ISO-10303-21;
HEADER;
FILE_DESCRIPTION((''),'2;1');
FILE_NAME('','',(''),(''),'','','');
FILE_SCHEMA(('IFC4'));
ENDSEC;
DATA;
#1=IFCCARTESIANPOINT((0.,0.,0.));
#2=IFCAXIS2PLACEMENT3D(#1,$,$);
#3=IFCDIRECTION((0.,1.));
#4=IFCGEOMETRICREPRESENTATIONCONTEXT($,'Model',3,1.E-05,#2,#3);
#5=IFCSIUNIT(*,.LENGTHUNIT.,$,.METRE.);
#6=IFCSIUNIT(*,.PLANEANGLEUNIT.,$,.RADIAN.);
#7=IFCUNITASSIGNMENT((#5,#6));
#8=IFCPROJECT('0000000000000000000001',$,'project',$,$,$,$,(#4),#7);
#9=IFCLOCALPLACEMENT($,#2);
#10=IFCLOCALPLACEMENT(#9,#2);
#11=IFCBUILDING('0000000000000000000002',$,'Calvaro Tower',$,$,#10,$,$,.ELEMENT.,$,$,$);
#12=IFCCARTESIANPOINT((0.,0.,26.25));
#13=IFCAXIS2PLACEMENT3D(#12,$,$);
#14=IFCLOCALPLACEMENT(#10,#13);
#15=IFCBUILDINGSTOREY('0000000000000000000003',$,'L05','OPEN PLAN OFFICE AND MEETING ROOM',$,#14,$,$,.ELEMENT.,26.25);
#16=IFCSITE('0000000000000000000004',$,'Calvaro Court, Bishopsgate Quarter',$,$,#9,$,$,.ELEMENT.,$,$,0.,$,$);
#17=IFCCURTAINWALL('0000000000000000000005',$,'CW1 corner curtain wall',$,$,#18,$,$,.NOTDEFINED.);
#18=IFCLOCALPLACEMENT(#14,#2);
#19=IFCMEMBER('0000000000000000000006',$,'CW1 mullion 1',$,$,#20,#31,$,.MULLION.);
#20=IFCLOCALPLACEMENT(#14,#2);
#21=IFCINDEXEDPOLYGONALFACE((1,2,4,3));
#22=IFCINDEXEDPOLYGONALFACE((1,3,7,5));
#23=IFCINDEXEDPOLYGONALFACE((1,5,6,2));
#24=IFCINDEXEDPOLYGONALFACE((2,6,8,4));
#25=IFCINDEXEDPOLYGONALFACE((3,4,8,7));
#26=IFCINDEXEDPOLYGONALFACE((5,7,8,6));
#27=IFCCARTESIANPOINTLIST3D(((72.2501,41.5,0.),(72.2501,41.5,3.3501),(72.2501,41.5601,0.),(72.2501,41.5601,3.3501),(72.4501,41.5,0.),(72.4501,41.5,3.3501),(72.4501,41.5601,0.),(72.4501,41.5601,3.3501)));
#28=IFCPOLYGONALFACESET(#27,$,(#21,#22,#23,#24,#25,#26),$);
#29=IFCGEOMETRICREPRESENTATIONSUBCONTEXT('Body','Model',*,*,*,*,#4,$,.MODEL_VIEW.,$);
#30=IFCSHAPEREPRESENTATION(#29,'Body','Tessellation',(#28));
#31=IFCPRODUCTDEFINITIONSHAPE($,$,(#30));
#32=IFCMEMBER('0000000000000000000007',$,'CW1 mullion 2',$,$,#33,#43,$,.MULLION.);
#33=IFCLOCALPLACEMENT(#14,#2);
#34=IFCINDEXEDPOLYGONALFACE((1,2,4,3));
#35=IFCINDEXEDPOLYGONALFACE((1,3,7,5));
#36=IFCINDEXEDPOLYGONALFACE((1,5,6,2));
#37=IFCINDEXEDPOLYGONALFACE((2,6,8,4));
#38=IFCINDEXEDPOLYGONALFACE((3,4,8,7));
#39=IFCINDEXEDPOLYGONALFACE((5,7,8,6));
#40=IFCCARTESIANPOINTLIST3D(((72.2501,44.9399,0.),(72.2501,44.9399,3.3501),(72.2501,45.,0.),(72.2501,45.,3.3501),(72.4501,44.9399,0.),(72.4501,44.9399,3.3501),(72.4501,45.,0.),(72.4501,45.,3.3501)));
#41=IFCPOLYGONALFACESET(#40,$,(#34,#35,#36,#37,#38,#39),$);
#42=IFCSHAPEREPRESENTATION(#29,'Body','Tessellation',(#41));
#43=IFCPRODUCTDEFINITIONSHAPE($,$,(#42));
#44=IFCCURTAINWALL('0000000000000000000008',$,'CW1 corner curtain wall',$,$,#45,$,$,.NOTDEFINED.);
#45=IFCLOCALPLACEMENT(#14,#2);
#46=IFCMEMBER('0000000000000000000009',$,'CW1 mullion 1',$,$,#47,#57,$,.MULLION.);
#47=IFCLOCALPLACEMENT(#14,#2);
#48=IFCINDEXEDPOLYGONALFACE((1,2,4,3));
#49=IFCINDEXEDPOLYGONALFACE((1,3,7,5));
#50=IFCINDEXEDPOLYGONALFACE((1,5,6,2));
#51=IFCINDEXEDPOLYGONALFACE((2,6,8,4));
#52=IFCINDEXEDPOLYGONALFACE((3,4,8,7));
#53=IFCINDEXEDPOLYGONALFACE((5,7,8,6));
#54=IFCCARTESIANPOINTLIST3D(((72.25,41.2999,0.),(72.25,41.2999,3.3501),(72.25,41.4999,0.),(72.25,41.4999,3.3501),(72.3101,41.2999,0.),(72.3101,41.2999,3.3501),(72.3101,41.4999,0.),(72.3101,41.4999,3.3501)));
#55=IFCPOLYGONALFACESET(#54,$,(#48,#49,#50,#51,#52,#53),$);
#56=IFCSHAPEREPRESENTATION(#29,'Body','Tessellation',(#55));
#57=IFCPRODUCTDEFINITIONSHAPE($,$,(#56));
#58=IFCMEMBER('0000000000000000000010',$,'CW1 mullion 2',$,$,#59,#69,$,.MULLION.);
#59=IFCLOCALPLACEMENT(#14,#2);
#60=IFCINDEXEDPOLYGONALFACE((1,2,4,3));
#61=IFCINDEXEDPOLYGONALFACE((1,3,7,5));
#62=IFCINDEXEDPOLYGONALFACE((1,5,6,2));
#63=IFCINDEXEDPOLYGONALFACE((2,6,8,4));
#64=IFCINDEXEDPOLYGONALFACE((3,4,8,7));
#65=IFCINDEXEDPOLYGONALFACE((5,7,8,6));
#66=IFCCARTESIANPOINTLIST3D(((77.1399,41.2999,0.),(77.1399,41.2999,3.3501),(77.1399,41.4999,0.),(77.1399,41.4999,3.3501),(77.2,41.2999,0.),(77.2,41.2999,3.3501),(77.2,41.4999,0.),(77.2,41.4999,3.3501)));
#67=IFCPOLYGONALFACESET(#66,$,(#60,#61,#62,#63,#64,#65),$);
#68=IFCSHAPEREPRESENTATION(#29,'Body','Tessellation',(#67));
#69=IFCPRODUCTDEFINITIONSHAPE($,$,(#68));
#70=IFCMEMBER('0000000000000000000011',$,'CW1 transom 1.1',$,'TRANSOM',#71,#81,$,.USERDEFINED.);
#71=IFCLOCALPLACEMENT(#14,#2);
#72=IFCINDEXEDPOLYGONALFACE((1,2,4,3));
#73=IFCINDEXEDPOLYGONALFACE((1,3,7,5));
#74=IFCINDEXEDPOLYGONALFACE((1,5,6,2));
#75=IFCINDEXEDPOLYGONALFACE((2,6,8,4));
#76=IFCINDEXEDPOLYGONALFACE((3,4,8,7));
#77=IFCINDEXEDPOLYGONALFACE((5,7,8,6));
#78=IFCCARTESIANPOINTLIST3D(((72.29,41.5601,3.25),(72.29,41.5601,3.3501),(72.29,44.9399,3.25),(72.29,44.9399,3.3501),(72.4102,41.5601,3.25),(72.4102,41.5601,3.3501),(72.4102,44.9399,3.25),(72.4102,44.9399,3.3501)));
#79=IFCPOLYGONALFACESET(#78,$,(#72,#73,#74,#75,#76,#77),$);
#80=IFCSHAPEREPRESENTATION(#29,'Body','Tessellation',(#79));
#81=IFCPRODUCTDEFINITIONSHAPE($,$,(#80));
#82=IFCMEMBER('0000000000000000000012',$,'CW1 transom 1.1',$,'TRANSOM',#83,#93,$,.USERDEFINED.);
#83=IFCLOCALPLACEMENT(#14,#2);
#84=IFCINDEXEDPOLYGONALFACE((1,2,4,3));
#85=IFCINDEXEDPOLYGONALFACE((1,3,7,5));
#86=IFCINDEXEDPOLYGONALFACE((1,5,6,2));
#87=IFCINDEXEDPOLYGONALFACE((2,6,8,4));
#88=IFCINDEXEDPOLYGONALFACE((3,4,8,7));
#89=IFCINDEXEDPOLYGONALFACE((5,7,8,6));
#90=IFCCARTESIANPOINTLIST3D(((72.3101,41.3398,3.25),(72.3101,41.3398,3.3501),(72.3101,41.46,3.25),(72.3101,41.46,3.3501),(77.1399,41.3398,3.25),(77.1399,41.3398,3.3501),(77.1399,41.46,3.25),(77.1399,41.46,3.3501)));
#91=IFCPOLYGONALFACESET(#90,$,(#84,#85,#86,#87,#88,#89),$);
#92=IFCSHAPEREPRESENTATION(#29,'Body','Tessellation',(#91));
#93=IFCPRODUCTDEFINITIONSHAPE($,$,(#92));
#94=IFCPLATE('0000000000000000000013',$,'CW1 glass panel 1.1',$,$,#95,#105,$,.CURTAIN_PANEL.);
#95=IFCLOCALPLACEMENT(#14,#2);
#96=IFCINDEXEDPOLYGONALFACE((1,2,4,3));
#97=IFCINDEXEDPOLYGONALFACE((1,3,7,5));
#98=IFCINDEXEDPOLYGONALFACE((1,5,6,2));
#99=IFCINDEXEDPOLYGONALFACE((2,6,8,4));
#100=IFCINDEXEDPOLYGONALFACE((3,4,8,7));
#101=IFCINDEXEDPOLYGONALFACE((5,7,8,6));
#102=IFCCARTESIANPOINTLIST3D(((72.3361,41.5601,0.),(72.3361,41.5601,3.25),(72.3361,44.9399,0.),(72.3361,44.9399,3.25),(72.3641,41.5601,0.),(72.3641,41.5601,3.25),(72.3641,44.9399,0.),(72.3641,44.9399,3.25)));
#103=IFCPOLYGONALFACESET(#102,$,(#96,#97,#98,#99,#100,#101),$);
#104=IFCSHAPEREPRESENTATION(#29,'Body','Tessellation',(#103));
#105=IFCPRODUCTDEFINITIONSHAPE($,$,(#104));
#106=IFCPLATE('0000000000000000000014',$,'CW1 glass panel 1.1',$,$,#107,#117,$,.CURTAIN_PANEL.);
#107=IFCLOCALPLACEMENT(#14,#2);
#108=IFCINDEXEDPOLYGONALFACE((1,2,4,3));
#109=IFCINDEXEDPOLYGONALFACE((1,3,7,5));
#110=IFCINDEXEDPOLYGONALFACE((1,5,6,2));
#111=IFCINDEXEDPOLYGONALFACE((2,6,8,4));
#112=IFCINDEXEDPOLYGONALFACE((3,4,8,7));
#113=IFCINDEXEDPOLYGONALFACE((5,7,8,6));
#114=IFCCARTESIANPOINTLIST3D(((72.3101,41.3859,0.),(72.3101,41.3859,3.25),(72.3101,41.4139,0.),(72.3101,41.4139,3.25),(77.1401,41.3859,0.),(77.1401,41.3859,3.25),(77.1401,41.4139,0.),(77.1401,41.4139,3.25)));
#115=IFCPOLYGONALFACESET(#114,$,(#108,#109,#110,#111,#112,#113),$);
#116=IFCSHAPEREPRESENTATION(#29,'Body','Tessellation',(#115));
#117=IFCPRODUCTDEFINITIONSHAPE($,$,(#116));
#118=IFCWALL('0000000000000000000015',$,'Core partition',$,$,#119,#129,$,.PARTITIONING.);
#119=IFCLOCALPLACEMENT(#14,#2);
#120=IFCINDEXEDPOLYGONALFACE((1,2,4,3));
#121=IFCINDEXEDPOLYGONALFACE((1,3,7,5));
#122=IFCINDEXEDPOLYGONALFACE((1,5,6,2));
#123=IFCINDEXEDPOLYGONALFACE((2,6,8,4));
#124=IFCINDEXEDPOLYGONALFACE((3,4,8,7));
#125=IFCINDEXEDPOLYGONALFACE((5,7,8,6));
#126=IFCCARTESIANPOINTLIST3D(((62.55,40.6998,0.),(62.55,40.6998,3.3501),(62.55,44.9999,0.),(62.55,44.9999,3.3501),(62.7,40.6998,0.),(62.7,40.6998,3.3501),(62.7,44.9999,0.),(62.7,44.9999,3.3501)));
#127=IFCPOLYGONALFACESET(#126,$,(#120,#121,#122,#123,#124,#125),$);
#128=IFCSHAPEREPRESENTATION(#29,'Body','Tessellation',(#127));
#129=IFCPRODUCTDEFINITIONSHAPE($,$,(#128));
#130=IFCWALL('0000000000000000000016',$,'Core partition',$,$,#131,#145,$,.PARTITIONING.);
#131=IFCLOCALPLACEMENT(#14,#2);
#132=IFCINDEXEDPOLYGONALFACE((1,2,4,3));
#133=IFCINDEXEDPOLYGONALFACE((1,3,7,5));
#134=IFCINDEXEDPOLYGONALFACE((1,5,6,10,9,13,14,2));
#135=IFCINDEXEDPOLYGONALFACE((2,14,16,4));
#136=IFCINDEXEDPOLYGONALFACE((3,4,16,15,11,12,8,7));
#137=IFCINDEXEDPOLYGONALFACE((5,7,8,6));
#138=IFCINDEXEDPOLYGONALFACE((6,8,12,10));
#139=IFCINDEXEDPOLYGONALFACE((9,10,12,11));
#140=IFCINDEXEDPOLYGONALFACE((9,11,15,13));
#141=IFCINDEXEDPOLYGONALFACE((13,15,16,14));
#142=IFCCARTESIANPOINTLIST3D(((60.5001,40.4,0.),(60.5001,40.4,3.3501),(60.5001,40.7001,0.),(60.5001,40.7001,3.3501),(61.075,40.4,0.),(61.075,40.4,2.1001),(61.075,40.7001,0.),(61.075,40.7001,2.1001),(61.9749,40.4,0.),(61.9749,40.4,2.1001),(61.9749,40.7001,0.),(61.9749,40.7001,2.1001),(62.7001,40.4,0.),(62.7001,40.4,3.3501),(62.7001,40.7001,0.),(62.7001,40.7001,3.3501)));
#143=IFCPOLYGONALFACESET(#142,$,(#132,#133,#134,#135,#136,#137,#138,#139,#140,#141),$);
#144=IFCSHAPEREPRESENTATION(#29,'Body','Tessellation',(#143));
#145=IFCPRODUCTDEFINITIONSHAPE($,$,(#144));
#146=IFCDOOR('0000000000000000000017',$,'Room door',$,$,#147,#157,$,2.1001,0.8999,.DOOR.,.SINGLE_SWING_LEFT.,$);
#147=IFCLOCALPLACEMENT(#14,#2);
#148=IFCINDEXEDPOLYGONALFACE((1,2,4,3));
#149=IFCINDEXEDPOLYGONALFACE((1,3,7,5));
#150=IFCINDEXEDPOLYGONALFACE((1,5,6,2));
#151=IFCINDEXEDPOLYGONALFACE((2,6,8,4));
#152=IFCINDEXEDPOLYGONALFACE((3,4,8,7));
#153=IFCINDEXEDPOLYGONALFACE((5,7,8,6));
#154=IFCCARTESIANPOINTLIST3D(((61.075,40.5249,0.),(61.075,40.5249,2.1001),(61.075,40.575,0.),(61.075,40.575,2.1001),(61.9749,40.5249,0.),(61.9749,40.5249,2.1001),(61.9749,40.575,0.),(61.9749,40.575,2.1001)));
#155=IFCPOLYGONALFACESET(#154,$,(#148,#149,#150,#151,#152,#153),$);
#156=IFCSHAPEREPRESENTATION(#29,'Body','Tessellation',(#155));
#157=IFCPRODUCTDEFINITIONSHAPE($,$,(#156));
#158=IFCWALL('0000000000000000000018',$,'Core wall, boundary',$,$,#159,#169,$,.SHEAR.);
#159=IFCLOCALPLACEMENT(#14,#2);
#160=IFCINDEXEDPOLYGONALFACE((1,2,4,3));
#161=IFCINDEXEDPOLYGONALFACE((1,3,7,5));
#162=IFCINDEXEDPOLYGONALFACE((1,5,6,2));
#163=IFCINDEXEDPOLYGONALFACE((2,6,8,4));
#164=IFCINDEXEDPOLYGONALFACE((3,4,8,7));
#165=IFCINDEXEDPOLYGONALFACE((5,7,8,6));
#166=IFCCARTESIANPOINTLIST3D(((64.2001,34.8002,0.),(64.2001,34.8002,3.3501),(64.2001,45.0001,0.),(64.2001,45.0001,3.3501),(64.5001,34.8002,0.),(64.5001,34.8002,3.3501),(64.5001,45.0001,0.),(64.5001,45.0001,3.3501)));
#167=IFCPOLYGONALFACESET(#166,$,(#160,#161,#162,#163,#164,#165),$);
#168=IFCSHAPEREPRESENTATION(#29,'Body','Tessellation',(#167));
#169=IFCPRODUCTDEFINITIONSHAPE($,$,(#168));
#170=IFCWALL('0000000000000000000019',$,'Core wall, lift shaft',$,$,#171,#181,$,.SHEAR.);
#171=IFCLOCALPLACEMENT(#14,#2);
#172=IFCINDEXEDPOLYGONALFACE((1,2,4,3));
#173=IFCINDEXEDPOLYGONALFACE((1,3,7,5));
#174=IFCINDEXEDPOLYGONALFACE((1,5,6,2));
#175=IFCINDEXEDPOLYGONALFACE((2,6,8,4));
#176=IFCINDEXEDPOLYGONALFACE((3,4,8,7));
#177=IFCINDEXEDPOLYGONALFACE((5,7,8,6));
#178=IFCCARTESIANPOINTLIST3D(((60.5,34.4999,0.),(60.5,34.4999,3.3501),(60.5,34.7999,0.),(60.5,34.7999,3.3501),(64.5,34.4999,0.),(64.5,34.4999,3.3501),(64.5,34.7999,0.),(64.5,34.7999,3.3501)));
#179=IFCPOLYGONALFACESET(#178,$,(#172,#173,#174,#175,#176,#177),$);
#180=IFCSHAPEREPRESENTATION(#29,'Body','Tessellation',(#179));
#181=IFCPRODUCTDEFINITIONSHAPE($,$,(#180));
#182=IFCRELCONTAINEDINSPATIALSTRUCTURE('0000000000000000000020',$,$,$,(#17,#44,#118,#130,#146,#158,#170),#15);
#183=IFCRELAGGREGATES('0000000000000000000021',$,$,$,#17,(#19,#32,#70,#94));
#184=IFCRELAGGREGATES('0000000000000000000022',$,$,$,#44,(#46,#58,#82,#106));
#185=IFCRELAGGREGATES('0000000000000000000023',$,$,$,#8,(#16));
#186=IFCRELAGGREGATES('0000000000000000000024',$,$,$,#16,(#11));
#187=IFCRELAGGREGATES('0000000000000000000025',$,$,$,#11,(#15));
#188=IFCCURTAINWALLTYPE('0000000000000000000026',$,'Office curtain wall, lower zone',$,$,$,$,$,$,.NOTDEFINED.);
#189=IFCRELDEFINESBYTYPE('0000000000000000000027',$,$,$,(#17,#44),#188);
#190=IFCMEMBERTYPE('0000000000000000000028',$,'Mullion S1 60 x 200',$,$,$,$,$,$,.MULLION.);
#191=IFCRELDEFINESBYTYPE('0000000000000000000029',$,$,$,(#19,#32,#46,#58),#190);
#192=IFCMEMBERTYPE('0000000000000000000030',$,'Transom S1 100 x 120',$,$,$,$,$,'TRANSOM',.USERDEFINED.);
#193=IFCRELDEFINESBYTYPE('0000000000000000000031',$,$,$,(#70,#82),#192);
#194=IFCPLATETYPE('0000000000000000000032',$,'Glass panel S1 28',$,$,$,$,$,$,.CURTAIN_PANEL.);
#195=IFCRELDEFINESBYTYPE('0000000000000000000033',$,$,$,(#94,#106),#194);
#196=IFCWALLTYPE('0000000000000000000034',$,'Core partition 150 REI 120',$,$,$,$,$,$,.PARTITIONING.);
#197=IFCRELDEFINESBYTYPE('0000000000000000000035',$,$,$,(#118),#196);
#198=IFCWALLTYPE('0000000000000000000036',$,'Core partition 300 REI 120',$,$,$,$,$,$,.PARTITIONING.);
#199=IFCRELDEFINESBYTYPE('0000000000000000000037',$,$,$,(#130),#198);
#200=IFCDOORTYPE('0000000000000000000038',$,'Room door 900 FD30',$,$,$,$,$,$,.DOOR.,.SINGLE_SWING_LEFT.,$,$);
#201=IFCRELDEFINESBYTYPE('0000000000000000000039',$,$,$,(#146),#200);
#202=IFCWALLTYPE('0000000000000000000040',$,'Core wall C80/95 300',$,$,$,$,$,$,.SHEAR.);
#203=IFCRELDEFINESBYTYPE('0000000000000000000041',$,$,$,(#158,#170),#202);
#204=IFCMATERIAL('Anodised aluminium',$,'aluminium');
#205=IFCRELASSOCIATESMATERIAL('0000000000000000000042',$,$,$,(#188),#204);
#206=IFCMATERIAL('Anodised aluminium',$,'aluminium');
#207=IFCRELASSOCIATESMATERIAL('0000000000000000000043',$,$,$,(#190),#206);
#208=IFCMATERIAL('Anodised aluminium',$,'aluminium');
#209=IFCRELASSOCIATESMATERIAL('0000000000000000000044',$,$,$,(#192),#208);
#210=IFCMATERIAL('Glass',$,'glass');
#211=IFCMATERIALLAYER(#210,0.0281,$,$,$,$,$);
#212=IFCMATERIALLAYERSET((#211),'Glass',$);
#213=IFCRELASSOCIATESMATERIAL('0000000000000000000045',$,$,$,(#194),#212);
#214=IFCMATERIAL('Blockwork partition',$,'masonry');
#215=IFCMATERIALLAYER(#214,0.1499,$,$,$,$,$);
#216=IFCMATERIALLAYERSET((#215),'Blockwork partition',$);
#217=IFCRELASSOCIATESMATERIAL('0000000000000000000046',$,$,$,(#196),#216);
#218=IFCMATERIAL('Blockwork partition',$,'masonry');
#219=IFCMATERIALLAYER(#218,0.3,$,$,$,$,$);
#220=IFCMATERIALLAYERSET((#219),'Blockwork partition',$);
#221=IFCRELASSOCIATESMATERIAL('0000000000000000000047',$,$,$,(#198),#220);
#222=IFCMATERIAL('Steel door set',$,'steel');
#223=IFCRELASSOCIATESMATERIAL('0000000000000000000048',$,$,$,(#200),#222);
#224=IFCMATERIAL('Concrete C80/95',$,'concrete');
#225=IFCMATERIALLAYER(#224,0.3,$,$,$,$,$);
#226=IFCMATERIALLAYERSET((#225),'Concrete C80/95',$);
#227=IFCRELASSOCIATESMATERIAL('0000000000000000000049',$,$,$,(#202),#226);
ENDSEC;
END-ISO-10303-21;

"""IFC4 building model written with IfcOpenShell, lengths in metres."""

from ifc_helpers import new_model, si_unit, direction, frame, frame_2d, origin, origin_2d, place, context, subcontext, project, spatial, rectangle, extrude, material, layer, layer_set, material_profile, profile_set, type_object, element, fill, aggregate, save


model = new_model("IFC4")

# Units and contexts
model_context = context("Model", 3, precision=1e-05, world=origin(), true_north=direction((0.0, 1.0)))
body_context = subcontext(model_context, "Body", "Model", "MODEL_VIEW")
ifc_project = project(units=[si_unit("LENGTHUNIT", "METRE"), si_unit("PLANEANGLEUNIT", "RADIAN")], contexts=[model_context])

# Site, building, storey
site_placement = place(None, origin())
site = spatial("IfcSite", under=ifc_project, at=site_placement, Name="Calvaro Court, Bishopsgate Quarter", CompositionType="ELEMENT", RefElevation=0.0)
building_placement = place(site_placement, origin())
building = spatial("IfcBuilding", under=site, at=building_placement, Name="Calvaro Tower", CompositionType="ELEMENT")
storey_placement = place(building_placement, frame((0.0, 0.0, 26.25)))
storey = spatial("IfcBuildingStorey", under=building, at=storey_placement, Name="L05", Description="OPEN PLAN OFFICE AND MEETING ROOM", CompositionType="ELEMENT", Elevation=26.25)

# Curtain walls, members
ifc_material_1 = material(Name="Anodised aluminium", Category="aluminium")
curtain_wall_type = type_object("IfcCurtainWallType", Name="Office curtain wall, lower zone", PredefinedType="NOTDEFINED", material=ifc_material_1)
curtain_wall_1_placement = place(storey_placement, origin())
curtain_wall_1 = element("IfcCurtainWall", 1, at=curtain_wall_1_placement, inside=storey, type_object=curtain_wall_type, Name="CW1 corner curtain wall", PredefinedType="NOTDEFINED")
ifc_material_2 = material(Name="Anodised aluminium", Category="aluminium")
ifc_material_profile_1 = material_profile(ifc_material_2, rectangle(XDim=0.2, YDim=0.0601, at=origin_2d()), Name="Mullion S1 60 x 200")
ifc_profile_set_1 = profile_set([ifc_material_profile_1], Name="Anodised aluminium")
member_type_1 = type_object("IfcMemberType", Name="Mullion S1 60 x 200", PredefinedType="MULLION", material=ifc_profile_set_1)
member_1_placement = place(storey_placement, frame((72.3501, 41.53, 0.0), z_axis=(0.0, 0.0, 1.0), x_axis=(-1.0, 0.0, 0.0)))
member_1 = element("IfcMember", 2, at=member_1_placement, type_object=member_type_1, Name="CW1 mullion 1", PredefinedType="MULLION", context=body_context, shape_type="SweptSolid", body=[
    extrude(rectangle(XDim=0.2, YDim=0.0601, at=origin_2d()), origin(), (0.0, 0.0, 1.0), 3.3501),
])
member_2_placement = place(storey_placement, frame((72.3501, 44.97, 0.0), z_axis=(0.0, 0.0, 1.0), x_axis=(-1.0, 0.0, 0.0)))
member_2 = element("IfcMember", 3, at=member_2_placement, type_object=member_type_1, Name="CW1 mullion 2", PredefinedType="MULLION", context=body_context, shape_type="SweptSolid", body=[
    extrude(rectangle(XDim=0.2, YDim=0.0601, at=origin_2d()), origin(), (0.0, 0.0, 1.0), 3.3501),
])
curtain_wall_2_placement = place(storey_placement, origin())
curtain_wall_2 = element("IfcCurtainWall", 4, at=curtain_wall_2_placement, inside=storey, type_object=curtain_wall_type, Name="CW1 corner curtain wall", PredefinedType="NOTDEFINED")
member_3_placement = place(storey_placement, frame((72.28, 41.3999, 0.0), z_axis=(0.0, 0.0, 1.0), x_axis=(0.0, 1.0, 0.0)))
member_3 = element("IfcMember", 5, at=member_3_placement, type_object=member_type_1, Name="CW1 mullion 1", PredefinedType="MULLION", context=body_context, shape_type="SweptSolid", body=[
    extrude(rectangle(XDim=0.2, YDim=0.0601, at=origin_2d()), origin(), (0.0, 0.0, 1.0), 3.3501),
])
member_4_placement = place(storey_placement, frame((77.1699, 41.3999, 0.0), z_axis=(0.0, 0.0, 1.0), x_axis=(0.0, 1.0, 0.0)))
member_4 = element("IfcMember", 6, at=member_4_placement, type_object=member_type_1, Name="CW1 mullion 2", PredefinedType="MULLION", context=body_context, shape_type="SweptSolid", body=[
    extrude(rectangle(XDim=0.2, YDim=0.0601, at=origin_2d()), origin(), (0.0, 0.0, 1.0), 3.3501),
])

# Members
ifc_material_3 = material(Name="Anodised aluminium", Category="aluminium")
ifc_material_profile_2 = material_profile(ifc_material_3, rectangle(XDim=0.1201, YDim=0.1001, at=origin_2d()), Name="Transom S1 100 x 120")
ifc_profile_set_2 = profile_set([ifc_material_profile_2], Name="Anodised aluminium")
member_type_2 = type_object("IfcMemberType", Name="Transom S1 100 x 120", ElementType="TRANSOM", PredefinedType="USERDEFINED", material=ifc_profile_set_2)
member_5_placement = place(storey_placement, frame((72.3501, 41.5601, 3.3), z_axis=(0.0, 1.0, 0.0), x_axis=(-1.0, 0.0, 0.0)))
member_5 = element("IfcMember", 7, at=member_5_placement, type_object=member_type_2, Name="CW1 transom 1.1", ObjectType="TRANSOM", PredefinedType="USERDEFINED", context=body_context, shape_type="SweptSolid", body=[
    extrude(rectangle(XDim=0.1201, YDim=0.1001, at=origin_2d()), origin(), (0.0, 0.0, 1.0), 3.3799),
])
member_6_placement = place(storey_placement, frame((72.3101, 41.3999, 3.3), z_axis=(1.0, 0.0, 0.0), x_axis=(0.0, 1.0, 0.0)))
member_6 = element("IfcMember", 8, at=member_6_placement, type_object=member_type_2, Name="CW1 transom 1.1", ObjectType="TRANSOM", PredefinedType="USERDEFINED", context=body_context, shape_type="SweptSolid", body=[
    extrude(rectangle(XDim=0.1201, YDim=0.1001, at=origin_2d()), origin(), (0.0, 0.0, 1.0), 4.8298),
])

# Plates
ifc_material_4 = material(Name="Glass", Category="glass")
ifc_layer_1 = layer(ifc_material_4, 0.0281)
ifc_layer_set_1 = layer_set([ifc_layer_1], Name="Glass")
plate_type = type_object("IfcPlateType", Name="Glass panel S1 28", PredefinedType="CURTAIN_PANEL", material=ifc_layer_set_1)
plate_1_placement = place(storey_placement, frame((72.3501, 43.25, 0.0), z_axis=(0.0, 0.0, 1.0), x_axis=(0.0, 1.0, 0.0)))
plate_1 = element("IfcPlate", 9, at=plate_1_placement, type_object=plate_type, Name="CW1 glass panel 1.1", PredefinedType="CURTAIN_PANEL", context=body_context, shape_type="SweptSolid", body=[
    extrude(rectangle(XDim=3.3799, YDim=0.0281, at=origin_2d()), origin(), (0.0, 0.0, 1.0), 3.25),
])
aggregate(curtain_wall_1, [member_1, member_2, member_5, plate_1])
plate_2_placement = place(storey_placement, frame((74.7251, 41.3999, 0.0), z_axis=(0.0, 0.0, 1.0), x_axis=(1.0, 0.0, 0.0)))
plate_2 = element("IfcPlate", 10, at=plate_2_placement, type_object=plate_type, Name="CW1 glass panel 1.1", PredefinedType="CURTAIN_PANEL", context=body_context, shape_type="SweptSolid", body=[
    extrude(rectangle(XDim=4.8301, YDim=0.0281, at=origin_2d()), origin(), (0.0, 0.0, 1.0), 3.25),
])
aggregate(curtain_wall_2, [member_3, member_4, member_6, plate_2])

# Wall
ifc_material_5 = material(Name="Blockwork partition", Category="masonry")
ifc_layer_2 = layer(ifc_material_5, 0.1499)
ifc_layer_set_2 = layer_set([ifc_layer_2], Name="Blockwork partition")
wall_type_1 = type_object("IfcWallType", Name="Core partition 150 REI 120", PredefinedType="PARTITIONING", material=ifc_layer_set_2)
wall_1_placement = place(storey_placement, frame((62.625, 40.7, 0.0), z_axis=(0.0, 0.0, 1.0), x_axis=(0.0, 1.0, 0.0)))
element("IfcWall", 11, at=wall_1_placement, inside=storey, type_object=wall_type_1, Name="Core partition", PredefinedType="PARTITIONING", context=body_context, shape_type="SweptSolid", body=[
    extrude(rectangle(XDim=4.3, YDim=0.1499, at=frame_2d((2.1499, 0.0))), origin(), (0.0, 0.0, 1.0), 3.3501),
])

# Wall, opening, door
ifc_material_6 = material(Name="Blockwork partition", Category="masonry")
ifc_layer_3 = layer(ifc_material_6, 0.3)
ifc_layer_set_3 = layer_set([ifc_layer_3], Name="Blockwork partition")
wall_type_2 = type_object("IfcWallType", Name="Core partition 300 REI 120", PredefinedType="PARTITIONING", material=ifc_layer_set_3)
wall_2_placement = place(storey_placement, frame((60.5, 40.55, 0.0), z_axis=(0.0, 0.0, 1.0), x_axis=(1.0, 0.0, 0.0)))
wall_2 = element("IfcWall", 12, at=wall_2_placement, inside=storey, type_object=wall_type_2, Name="Core partition", PredefinedType="PARTITIONING", context=body_context, shape_type="SweptSolid", body=[
    extrude(rectangle(XDim=2.2, YDim=0.3, at=frame_2d((1.1001, 0.0))), origin(), (0.0, 0.0, 1.0), 3.3501),
])
opening_1_placement = place(wall_2_placement, frame((0.575, 0.0, 0.0)))
opening_1 = element("IfcOpeningElement", 13, at=opening_1_placement, cuts=wall_2, PredefinedType="OPENING", context=body_context, shape_type="SweptSolid", body=[
    extrude(rectangle(XDim=0.8999, YDim=2.1001, at=frame_2d((0.45, 1.05))), frame((0.0, 0.1599, 0.0), z_axis=(0.0, -1.0, 0.0), x_axis=(1.0, 0.0, 0.0)), (0.0, 0.0, 1.0), 0.3201),
])
ifc_material_7 = material(Name="Steel door set", Category="steel")
door_type_1 = type_object("IfcDoorType", Name="Room door 900 FD30", OperationType="SINGLE_SWING_LEFT", PredefinedType="DOOR", material=ifc_material_7)
door_1_placement = place(opening_1_placement, origin())
door_1 = element("IfcDoor", 14, at=door_1_placement, inside=storey, type_object=door_type_1, Name="Room door", OperationType="SINGLE_SWING_LEFT", OverallHeight=2.1001, OverallWidth=0.8999, PredefinedType="DOOR", context=body_context, shape_type="SweptSolid", body=[
    extrude(rectangle(XDim=0.8999, YDim=2.1001, at=frame_2d((0.45, 1.05))), frame((0.0, 0.0249, 0.0), z_axis=(0.0, -1.0, 0.0), x_axis=(1.0, 0.0, 0.0)), (0.0, 0.0, 1.0), 0.05),
])
fill(opening_1, door_1)

# Walls
ifc_material_8 = material(Name="Concrete C80/95", Category="concrete")
ifc_layer_4 = layer(ifc_material_8, 0.3)
ifc_layer_set_4 = layer_set([ifc_layer_4], Name="Concrete C80/95")
wall_type_3 = type_object("IfcWallType", Name="Core wall C80/95 300", PredefinedType="SHEAR", material=ifc_layer_set_4)
wall_3_placement = place(storey_placement, frame((64.3501, 34.8, 0.0), z_axis=(0.0, 0.0, 1.0), x_axis=(0.0, 1.0, 0.0)))
element("IfcWall", 15, at=wall_3_placement, inside=storey, type_object=wall_type_3, Name="Core wall, boundary", PredefinedType="SHEAR", context=body_context, shape_type="SweptSolid", body=[
    extrude(rectangle(XDim=10.2, YDim=0.3, at=frame_2d((5.1001, 0.0))), origin(), (0.0, 0.0, 1.0), 3.3501),
])
wall_4_placement = place(storey_placement, frame((60.5, 34.6499, 0.0), z_axis=(0.0, 0.0, 1.0), x_axis=(1.0, 0.0, 0.0)))
element("IfcWall", 16, at=wall_4_placement, inside=storey, type_object=wall_type_3, Name="Core wall, lift shaft", PredefinedType="SHEAR", context=body_context, shape_type="SweptSolid", body=[
    extrude(rectangle(XDim=4.0, YDim=0.3, at=frame_2d((2.0, 0.0))), origin(), (0.0, 0.0, 1.0), 3.3501),
])

save(model, "model.ifc")
